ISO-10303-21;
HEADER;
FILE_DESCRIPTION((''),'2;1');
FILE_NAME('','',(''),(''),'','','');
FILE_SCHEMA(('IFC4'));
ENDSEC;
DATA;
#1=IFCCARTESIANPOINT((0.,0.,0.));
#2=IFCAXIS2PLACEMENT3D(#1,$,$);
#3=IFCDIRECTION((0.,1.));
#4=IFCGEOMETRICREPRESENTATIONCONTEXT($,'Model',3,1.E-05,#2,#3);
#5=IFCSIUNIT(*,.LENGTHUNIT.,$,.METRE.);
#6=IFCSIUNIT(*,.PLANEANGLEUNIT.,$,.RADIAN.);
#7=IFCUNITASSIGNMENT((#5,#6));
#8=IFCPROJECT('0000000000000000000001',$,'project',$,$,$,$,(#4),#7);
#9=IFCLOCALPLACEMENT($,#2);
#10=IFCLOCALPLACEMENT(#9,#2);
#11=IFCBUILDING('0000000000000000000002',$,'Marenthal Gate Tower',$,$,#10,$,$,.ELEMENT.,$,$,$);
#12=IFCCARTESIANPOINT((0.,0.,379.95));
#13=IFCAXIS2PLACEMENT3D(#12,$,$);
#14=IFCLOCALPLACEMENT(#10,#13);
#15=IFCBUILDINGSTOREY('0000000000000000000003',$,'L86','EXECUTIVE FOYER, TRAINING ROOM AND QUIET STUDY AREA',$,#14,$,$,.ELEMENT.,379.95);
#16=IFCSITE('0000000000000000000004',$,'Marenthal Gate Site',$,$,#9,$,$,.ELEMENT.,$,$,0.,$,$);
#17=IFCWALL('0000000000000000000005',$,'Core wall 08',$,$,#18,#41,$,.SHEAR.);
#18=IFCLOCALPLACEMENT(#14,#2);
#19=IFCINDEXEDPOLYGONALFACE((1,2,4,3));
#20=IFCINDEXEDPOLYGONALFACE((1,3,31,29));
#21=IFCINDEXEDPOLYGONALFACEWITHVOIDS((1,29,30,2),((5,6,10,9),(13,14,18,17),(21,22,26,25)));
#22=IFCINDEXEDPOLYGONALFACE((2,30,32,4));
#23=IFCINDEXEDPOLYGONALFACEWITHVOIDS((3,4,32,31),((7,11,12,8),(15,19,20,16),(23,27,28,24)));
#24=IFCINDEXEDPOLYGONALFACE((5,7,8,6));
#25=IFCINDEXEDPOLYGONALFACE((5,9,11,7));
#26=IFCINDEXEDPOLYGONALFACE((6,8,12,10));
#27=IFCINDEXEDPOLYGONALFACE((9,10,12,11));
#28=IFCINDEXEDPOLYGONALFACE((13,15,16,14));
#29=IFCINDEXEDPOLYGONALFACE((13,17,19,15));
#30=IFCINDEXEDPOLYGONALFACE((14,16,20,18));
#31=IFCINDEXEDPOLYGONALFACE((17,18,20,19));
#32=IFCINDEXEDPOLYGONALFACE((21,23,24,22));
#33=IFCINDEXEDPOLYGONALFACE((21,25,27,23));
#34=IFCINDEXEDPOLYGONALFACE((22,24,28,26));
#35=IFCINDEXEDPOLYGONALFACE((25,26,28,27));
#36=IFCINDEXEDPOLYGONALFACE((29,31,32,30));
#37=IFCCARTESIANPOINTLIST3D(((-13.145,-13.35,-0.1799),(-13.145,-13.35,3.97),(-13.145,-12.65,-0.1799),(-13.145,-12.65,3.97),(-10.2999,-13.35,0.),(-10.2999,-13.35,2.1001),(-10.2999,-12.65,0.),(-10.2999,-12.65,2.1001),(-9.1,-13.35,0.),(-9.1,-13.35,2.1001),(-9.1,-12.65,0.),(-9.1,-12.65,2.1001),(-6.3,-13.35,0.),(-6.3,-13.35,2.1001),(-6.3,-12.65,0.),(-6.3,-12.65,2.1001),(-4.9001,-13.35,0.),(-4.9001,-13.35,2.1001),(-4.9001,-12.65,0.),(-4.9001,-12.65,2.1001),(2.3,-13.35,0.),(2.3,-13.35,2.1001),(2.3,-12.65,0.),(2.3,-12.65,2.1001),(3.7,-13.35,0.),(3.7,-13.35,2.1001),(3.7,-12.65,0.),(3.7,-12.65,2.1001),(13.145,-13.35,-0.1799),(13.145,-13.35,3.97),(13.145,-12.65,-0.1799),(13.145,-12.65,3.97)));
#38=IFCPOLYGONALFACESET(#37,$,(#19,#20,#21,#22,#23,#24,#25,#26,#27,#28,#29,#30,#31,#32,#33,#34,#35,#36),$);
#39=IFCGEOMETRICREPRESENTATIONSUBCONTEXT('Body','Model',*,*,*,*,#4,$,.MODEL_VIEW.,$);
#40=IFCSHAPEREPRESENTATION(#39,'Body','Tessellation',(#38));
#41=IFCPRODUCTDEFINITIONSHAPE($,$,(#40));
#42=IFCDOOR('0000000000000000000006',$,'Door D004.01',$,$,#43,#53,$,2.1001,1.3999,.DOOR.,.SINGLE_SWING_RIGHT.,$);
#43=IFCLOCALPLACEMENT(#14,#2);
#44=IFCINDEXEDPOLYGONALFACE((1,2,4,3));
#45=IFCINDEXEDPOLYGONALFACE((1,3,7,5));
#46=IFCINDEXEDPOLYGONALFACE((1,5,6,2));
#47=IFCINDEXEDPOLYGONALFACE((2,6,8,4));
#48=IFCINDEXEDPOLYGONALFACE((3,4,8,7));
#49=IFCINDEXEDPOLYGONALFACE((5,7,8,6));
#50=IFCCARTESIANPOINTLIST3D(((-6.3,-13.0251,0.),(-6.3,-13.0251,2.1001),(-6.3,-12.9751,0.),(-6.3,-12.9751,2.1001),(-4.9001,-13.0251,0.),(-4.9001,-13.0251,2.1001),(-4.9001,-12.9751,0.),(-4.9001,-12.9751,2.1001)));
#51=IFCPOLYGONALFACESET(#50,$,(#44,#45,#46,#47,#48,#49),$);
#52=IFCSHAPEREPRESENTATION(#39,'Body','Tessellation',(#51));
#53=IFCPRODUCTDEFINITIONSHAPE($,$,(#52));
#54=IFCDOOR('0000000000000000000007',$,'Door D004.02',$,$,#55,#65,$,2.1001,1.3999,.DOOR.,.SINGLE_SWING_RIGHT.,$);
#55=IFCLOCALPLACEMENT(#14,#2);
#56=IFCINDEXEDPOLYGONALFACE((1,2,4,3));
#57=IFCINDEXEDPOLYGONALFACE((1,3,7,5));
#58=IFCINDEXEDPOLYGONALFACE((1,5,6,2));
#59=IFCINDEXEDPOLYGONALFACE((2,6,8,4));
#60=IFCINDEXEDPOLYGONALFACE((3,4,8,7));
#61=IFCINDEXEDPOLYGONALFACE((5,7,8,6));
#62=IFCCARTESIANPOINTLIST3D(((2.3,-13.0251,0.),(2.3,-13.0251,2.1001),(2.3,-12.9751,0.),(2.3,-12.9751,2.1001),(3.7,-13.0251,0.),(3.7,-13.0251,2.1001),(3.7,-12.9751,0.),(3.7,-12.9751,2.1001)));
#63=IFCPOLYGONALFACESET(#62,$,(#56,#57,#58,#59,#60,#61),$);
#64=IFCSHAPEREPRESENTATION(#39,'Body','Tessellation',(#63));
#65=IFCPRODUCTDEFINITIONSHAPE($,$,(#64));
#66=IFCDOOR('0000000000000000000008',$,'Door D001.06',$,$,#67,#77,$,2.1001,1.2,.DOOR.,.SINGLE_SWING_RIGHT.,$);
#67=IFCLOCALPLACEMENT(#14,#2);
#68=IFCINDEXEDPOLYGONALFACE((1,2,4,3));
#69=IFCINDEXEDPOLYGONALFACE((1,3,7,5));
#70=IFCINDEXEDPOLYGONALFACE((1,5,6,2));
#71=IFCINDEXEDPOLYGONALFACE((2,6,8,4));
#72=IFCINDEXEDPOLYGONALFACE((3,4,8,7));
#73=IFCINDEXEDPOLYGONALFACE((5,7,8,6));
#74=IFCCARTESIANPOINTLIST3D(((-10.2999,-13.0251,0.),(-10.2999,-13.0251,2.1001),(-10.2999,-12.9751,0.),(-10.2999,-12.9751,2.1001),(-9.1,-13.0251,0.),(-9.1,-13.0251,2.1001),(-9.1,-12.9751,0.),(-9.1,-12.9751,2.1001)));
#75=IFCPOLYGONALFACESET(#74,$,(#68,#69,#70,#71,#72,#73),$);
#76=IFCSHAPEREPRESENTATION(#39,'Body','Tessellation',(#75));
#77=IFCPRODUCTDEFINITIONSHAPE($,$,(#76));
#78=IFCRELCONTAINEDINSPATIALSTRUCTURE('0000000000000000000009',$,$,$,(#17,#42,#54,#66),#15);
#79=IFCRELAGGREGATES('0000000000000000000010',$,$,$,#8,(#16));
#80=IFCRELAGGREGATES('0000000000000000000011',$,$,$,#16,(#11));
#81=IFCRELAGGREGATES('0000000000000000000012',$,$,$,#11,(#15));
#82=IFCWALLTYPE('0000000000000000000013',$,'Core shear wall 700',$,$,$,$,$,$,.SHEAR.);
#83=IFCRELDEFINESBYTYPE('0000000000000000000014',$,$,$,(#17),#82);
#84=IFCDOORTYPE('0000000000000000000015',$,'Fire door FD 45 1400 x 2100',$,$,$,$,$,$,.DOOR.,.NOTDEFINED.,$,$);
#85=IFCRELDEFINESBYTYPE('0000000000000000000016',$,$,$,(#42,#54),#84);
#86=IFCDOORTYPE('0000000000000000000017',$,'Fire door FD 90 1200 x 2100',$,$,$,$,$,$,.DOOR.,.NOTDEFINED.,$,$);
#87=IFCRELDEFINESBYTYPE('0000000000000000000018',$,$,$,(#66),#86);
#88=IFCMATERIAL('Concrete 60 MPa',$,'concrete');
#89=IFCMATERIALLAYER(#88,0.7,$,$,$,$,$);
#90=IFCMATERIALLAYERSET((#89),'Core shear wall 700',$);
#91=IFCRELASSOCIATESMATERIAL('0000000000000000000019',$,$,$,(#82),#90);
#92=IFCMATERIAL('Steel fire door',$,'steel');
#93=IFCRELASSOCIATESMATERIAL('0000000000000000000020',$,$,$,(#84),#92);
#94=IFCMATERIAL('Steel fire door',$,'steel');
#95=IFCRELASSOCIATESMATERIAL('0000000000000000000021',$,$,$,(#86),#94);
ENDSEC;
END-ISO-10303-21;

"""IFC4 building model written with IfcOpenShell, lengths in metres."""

from ifc_helpers import new_model, si_unit, direction, frame, frame_2d, origin, place, context, subcontext, project, spatial, rectangle, extrude, material, layer, layer_set, type_object, element, fill, save


model = new_model("IFC4")

# Units and contexts
model_context = context("Model", 3, precision=1e-05, world=origin(), true_north=direction((0.0, 1.0)))
body_context = subcontext(model_context, "Body", "Model", "MODEL_VIEW")
ifc_project = project(units=[si_unit("LENGTHUNIT", "METRE"), si_unit("PLANEANGLEUNIT", "RADIAN")], contexts=[model_context])

# Site, building, storey
site_placement = place(None, origin())
site = spatial("IfcSite", under=ifc_project, at=site_placement, Name="Marenthal Gate Site", CompositionType="ELEMENT", RefElevation=0.0)
building_placement = place(site_placement, origin())
building = spatial("IfcBuilding", under=site, at=building_placement, Name="Marenthal Gate Tower", CompositionType="ELEMENT")
storey_placement = place(building_placement, frame((0.0, 0.0, 379.95)))
storey = spatial("IfcBuildingStorey", under=building, at=storey_placement, Name="L86", Description="EXECUTIVE FOYER, TRAINING ROOM AND QUIET STUDY AREA", CompositionType="ELEMENT", Elevation=379.95)

# Wall, openings, doors
ifc_material_1 = material(Name="Concrete 60 MPa", Category="concrete")
ifc_layer_1 = layer(ifc_material_1, 0.7)
ifc_layer_set_1 = layer_set([ifc_layer_1], Name="Core shear wall 700")
wall_type_1 = type_object("IfcWallType", Name="Core shear wall 700", PredefinedType="SHEAR", material=ifc_layer_set_1)
wall_1_placement = place(storey_placement, frame((-13.145, -13.0, -0.1799), z_axis=(0.0, 0.0, 1.0), x_axis=(1.0, 0.0, 0.0)))
wall_1 = element("IfcWall", 1, at=wall_1_placement, inside=storey, type_object=wall_type_1, Name="Core wall 08", PredefinedType="SHEAR", context=body_context, shape_type="SweptSolid", body=[
    extrude(rectangle(XDim=26.29, YDim=0.7, at=frame_2d((13.145, 0.0))), origin(), (0.0, 0.0, 1.0), 4.1499),
])
opening_1_placement = place(wall_1_placement, frame((2.845, 0.0, 0.1799)))
opening_1 = element("IfcOpeningElement", 2, at=opening_1_placement, cuts=wall_1, PredefinedType="OPENING", context=body_context, shape_type="SweptSolid", body=[
    extrude(rectangle(XDim=1.2, YDim=2.1001, at=frame_2d((0.6001, 1.05))), frame((0.0, 0.3599, 0.0), z_axis=(0.0, -1.0, 0.0), x_axis=(1.0, 0.0, 0.0)), (0.0, 0.0, 1.0), 0.72),
])
opening_2_placement = place(wall_1_placement, frame((6.845, 0.0, 0.1799)))
opening_2 = element("IfcOpeningElement", 3, at=opening_2_placement, cuts=wall_1, PredefinedType="OPENING", context=body_context, shape_type="SweptSolid", body=[
    extrude(rectangle(XDim=1.3999, YDim=2.1001, at=frame_2d((0.7, 1.05))), frame((0.0, 0.3599, 0.0), z_axis=(0.0, -1.0, 0.0), x_axis=(1.0, 0.0, 0.0)), (0.0, 0.0, 1.0), 0.72),
])
opening_3_placement = place(wall_1_placement, frame((15.4451, 0.0, 0.1799)))
opening_3 = element("IfcOpeningElement", 4, at=opening_3_placement, cuts=wall_1, PredefinedType="OPENING", context=body_context, shape_type="SweptSolid", body=[
    extrude(rectangle(XDim=1.3999, YDim=2.1001, at=frame_2d((0.7, 1.05))), frame((0.0, 0.3599, 0.0), z_axis=(0.0, -1.0, 0.0), x_axis=(1.0, 0.0, 0.0)), (0.0, 0.0, 1.0), 0.72),
])
ifc_material_2 = material(Name="Steel fire door", Category="steel")
door_type_1 = type_object("IfcDoorType", Name="Fire door FD 45 1400 x 2100", OperationType="NOTDEFINED", PredefinedType="DOOR", material=ifc_material_2)
door_1_placement = place(opening_2_placement, origin())
door_1 = element("IfcDoor", 5, at=door_1_placement, inside=storey, type_object=door_type_1, Name="Door D004.01", OperationType="SINGLE_SWING_RIGHT", OverallHeight=2.1001, OverallWidth=1.3999, PredefinedType="DOOR", context=body_context, shape_type="SweptSolid", body=[
    extrude(rectangle(XDim=1.3999, YDim=2.1001, at=frame_2d((0.7, 1.05))), frame((0.0, 0.0249, 0.0), z_axis=(0.0, -1.0, 0.0), x_axis=(1.0, 0.0, 0.0)), (0.0, 0.0, 1.0), 0.05),
])
fill(opening_2, door_1)
door_2_placement = place(opening_3_placement, origin())
door_2 = element("IfcDoor", 6, at=door_2_placement, inside=storey, type_object=door_type_1, Name="Door D004.02", OperationType="SINGLE_SWING_RIGHT", OverallHeight=2.1001, OverallWidth=1.3999, PredefinedType="DOOR", context=body_context, shape_type="SweptSolid", body=[
    extrude(rectangle(XDim=1.3999, YDim=2.1001, at=frame_2d((0.7, 1.05))), frame((0.0, 0.0249, 0.0), z_axis=(0.0, -1.0, 0.0), x_axis=(1.0, 0.0, 0.0)), (0.0, 0.0, 1.0), 0.05),
])
fill(opening_3, door_2)
ifc_material_3 = material(Name="Steel fire door", Category="steel")
door_type_2 = type_object("IfcDoorType", Name="Fire door FD 90 1200 x 2100", OperationType="NOTDEFINED", PredefinedType="DOOR", material=ifc_material_3)
door_3_placement = place(opening_1_placement, origin())
door_3 = element("IfcDoor", 7, at=door_3_placement, inside=storey, type_object=door_type_2, Name="Door D001.06", OperationType="SINGLE_SWING_RIGHT", OverallHeight=2.1001, OverallWidth=1.2, PredefinedType="DOOR", context=body_context, shape_type="SweptSolid", body=[
    extrude(rectangle(XDim=1.2, YDim=2.1001, at=frame_2d((0.6001, 1.05))), frame((0.0, 0.0249, 0.0), z_axis=(0.0, -1.0, 0.0), x_axis=(1.0, 0.0, 0.0)), (0.0, 0.0, 1.0), 0.05),
])
fill(opening_1, door_3)

save(model, "model.ifc")
